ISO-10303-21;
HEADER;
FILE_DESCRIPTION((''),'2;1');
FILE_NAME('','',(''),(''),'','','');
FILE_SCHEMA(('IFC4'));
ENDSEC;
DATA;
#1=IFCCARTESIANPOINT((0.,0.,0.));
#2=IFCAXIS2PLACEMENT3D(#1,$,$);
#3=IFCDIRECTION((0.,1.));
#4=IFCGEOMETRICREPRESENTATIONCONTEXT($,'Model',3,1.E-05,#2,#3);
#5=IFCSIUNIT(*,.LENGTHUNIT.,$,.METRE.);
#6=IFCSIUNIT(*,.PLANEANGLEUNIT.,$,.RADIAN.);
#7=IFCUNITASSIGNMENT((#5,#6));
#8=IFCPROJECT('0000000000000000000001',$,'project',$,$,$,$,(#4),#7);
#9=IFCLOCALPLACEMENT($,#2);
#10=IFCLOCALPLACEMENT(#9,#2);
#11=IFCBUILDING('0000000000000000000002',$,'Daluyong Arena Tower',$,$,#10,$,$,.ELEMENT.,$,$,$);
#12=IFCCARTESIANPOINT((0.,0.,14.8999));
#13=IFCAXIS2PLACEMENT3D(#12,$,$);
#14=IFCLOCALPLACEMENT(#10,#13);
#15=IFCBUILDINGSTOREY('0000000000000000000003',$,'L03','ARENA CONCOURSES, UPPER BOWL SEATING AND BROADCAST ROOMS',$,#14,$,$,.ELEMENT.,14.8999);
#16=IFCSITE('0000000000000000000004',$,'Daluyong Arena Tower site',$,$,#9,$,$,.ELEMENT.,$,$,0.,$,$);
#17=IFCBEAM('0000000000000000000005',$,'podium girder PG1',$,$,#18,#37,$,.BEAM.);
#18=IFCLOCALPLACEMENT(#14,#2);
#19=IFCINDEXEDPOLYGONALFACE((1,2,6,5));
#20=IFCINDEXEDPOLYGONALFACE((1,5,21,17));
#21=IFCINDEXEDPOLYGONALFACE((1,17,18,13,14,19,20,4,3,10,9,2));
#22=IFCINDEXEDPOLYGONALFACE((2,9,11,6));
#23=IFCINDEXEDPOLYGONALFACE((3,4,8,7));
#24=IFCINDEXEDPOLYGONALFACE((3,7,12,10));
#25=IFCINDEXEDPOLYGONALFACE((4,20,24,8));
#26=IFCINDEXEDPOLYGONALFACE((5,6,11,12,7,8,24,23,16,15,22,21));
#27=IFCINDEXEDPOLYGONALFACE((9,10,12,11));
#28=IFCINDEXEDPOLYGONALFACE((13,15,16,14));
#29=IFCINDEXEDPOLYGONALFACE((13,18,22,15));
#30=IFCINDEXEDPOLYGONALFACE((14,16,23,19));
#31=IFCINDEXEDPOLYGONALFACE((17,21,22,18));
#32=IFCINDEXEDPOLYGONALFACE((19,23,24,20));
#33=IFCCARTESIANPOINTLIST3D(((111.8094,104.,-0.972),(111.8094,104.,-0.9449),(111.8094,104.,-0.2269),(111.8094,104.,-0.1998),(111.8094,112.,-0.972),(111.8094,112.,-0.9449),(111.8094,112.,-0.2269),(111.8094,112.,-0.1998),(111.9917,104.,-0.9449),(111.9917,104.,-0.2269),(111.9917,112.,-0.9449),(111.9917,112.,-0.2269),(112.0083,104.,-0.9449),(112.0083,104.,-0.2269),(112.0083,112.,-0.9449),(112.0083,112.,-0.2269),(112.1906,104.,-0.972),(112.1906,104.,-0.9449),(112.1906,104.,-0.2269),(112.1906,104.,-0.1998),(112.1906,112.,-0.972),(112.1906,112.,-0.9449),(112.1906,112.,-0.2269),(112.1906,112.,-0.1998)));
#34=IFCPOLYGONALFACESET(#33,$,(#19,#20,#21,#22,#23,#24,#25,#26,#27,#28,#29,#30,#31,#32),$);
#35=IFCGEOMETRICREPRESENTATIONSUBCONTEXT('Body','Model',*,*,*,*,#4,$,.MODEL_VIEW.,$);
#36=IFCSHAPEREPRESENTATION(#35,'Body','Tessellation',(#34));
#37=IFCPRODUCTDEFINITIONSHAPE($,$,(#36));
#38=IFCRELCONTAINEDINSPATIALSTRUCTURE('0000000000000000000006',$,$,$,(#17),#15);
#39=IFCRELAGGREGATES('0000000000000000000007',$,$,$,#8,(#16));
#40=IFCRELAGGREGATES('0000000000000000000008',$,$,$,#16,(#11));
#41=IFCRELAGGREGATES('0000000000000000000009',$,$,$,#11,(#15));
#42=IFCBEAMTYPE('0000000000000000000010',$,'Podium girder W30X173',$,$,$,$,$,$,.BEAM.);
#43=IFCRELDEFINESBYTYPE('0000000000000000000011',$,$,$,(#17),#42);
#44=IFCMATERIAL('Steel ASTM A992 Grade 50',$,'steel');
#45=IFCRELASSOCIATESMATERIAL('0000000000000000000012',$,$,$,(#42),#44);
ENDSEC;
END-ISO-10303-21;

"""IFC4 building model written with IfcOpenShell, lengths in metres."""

from ifc_helpers import new_model, si_unit, direction, frame, origin, origin_2d, place, context, subcontext, project, spatial, i_section, extrude, material, material_profile, profile_set, type_object, element, save


model = new_model("IFC4")

# Units and contexts
model_context = context("Model", 3, precision=1e-05, world=origin(), true_north=direction((0.0, 1.0)))
body_context = subcontext(model_context, "Body", "Model", "MODEL_VIEW")
ifc_project = project(units=[si_unit("LENGTHUNIT", "METRE"), si_unit("PLANEANGLEUNIT", "RADIAN")], contexts=[model_context])

# Site, building, storey
site_placement = place(None, origin())
site = spatial("IfcSite", under=ifc_project, at=site_placement, Name="Daluyong Arena Tower site", CompositionType="ELEMENT", RefElevation=0.0)
building_placement = place(site_placement, origin())
building = spatial("IfcBuilding", under=site, at=building_placement, Name="Daluyong Arena Tower", CompositionType="ELEMENT")
storey_placement = place(building_placement, frame((0.0, 0.0, 14.8999)))
storey = spatial("IfcBuildingStorey", under=building, at=storey_placement, Name="L03", Description="ARENA CONCOURSES, UPPER BOWL SEATING AND BROADCAST ROOMS", CompositionType="ELEMENT", Elevation=14.8999)

# Beam
ifc_material_1 = material(Name="Steel ASTM A992 Grade 50", Category="steel")
ifc_material_profile_1 = material_profile(ifc_material_1, i_section(OverallWidth=0.3811, OverallDepth=0.7722, WebThickness=0.0166, FlangeThickness=0.0271, at=origin_2d()))
ifc_profile_set_1 = profile_set([ifc_material_profile_1], Name="Steel ASTM A992 Grade 50")
beam_type_1 = type_object("IfcBeamType", Name="Podium girder W30X173", PredefinedType="BEAM", material=ifc_profile_set_1)
for number, where, z_axis, x_axis, name in (
    (1, (112.0, 104.0, -0.5859), (0.0, 1.0, 0.0), (-1.0, 0.0, 0.0), "podium girder PG1"),
):
    element("IfcBeam", number, at=place(storey_placement, frame(where, z_axis=z_axis, x_axis=x_axis)), inside=storey, type_object=beam_type_1, Name=name, PredefinedType="BEAM", context=body_context, shape_type="SweptSolid", body=[
        extrude(i_section(OverallWidth=0.3811, OverallDepth=0.7722, WebThickness=0.0166, FlangeThickness=0.0271, at=origin_2d()), origin(), (0.0, 0.0, 1.0), 8.0),
    ])

save(model, "model.ifc")
